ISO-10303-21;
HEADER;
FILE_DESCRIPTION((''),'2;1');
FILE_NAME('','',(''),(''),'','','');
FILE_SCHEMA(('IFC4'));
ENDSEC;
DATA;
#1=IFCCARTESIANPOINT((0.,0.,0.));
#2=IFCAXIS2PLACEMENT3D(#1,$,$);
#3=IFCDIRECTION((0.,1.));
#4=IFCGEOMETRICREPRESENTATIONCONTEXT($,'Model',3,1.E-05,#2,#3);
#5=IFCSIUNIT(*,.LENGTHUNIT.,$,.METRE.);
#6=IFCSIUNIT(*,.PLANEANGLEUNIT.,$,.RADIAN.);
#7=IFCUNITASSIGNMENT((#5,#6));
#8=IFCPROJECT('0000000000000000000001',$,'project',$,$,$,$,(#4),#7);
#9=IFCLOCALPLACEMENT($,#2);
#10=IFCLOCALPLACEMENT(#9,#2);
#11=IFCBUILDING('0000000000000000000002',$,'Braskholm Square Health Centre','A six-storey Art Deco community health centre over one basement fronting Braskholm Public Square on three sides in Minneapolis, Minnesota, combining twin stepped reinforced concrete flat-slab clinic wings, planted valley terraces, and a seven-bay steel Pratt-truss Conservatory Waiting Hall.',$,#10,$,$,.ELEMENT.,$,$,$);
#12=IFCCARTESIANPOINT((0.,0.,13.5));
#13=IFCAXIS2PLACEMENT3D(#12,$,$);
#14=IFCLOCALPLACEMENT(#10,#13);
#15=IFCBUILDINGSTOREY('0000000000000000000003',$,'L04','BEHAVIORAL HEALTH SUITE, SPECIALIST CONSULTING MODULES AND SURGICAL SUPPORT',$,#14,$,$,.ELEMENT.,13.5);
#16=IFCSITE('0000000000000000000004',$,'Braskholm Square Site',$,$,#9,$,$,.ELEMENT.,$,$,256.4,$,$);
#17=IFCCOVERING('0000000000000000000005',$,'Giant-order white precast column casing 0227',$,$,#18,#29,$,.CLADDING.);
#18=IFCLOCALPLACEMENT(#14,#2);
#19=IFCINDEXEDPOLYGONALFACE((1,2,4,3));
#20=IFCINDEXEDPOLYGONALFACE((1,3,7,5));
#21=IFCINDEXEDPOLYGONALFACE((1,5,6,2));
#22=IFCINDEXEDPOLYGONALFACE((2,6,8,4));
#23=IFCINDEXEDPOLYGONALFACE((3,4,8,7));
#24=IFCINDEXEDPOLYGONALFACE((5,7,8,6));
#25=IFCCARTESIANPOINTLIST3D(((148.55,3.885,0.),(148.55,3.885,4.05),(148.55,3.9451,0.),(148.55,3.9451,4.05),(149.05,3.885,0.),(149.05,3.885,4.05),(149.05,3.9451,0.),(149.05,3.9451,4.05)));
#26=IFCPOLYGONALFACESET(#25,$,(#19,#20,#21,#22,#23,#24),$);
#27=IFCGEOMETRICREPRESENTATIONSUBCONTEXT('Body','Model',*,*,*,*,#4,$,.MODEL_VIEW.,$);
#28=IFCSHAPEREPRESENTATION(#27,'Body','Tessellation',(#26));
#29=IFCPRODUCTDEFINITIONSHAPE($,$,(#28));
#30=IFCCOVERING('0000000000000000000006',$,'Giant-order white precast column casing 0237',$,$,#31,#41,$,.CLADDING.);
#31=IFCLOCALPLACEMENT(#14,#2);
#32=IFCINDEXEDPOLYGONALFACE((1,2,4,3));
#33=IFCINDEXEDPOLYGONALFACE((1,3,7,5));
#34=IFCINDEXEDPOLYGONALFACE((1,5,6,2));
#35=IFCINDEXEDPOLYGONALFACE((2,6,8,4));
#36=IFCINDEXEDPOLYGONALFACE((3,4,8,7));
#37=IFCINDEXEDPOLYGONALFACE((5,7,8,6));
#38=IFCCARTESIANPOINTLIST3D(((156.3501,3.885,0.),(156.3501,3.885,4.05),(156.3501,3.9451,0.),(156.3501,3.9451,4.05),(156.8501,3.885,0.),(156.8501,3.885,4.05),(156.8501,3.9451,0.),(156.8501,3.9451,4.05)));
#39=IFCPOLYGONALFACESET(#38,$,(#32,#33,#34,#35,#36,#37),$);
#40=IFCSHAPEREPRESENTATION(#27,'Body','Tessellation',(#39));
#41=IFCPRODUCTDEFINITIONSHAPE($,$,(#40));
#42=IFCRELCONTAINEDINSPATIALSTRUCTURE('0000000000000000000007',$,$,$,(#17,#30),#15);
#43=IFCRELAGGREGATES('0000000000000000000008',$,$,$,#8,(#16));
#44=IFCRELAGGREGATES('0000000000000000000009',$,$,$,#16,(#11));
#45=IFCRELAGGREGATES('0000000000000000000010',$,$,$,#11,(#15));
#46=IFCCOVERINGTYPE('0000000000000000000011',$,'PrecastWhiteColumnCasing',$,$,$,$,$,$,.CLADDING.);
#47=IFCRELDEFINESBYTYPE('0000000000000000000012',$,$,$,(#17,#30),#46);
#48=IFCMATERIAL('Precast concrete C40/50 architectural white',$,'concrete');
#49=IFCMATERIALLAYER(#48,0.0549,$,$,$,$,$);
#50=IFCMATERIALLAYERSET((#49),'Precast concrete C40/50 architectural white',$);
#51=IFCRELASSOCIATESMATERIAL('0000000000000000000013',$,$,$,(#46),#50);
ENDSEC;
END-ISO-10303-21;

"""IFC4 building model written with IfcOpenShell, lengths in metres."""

from ifc_helpers import new_model, si_unit, direction, frame, origin, origin_2d, place, context, subcontext, project, spatial, rectangle, extrude, material, layer, layer_set, type_object, element, save


model = new_model("IFC4")

# Units and contexts
model_context = context("Model", 3, precision=1e-05, world=origin(), true_north=direction((0.0, 1.0)))
body_context = subcontext(model_context, "Body", "Model", "MODEL_VIEW")
ifc_project = project(units=[si_unit("LENGTHUNIT", "METRE"), si_unit("PLANEANGLEUNIT", "RADIAN")], contexts=[model_context])

# Site, building, storey
site_placement = place(None, origin())
site = spatial("IfcSite", under=ifc_project, at=site_placement, Name="Braskholm Square Site", CompositionType="ELEMENT", RefElevation=256.4)
building_placement = place(site_placement, origin())
building = spatial("IfcBuilding", under=site, at=building_placement, Name="Braskholm Square Health Centre", Description="A six-storey Art Deco community health centre over one basement fronting Braskholm Public Square on three sides in Minneapolis, Minnesota, combining twin stepped reinforced concrete flat-slab clinic wings, planted valley terraces, and a seven-bay steel Pratt-truss Conservatory Waiting Hall.", CompositionType="ELEMENT")
storey_placement = place(building_placement, frame((0.0, 0.0, 13.5)))
storey = spatial("IfcBuildingStorey", under=building, at=storey_placement, Name="L04", Description="BEHAVIORAL HEALTH SUITE, SPECIALIST CONSULTING MODULES AND SURGICAL SUPPORT", CompositionType="ELEMENT", Elevation=13.5)

# Shared definitions
ifc_material_1 = material(Name="Precast concrete C40/50 architectural white", Category="concrete")

# Coverings
ifc_layer = layer(ifc_material_1, 0.0549)
ifc_layer_set = layer_set([ifc_layer], Name="Precast concrete C40/50 architectural white")
covering_type = type_object("IfcCoveringType", Name="PrecastWhiteColumnCasing", PredefinedType="CLADDING", material=ifc_layer_set)
for number, where, z_axis, x_axis, name in (
    (1, (148.8, 3.915, 0.0), (0.0, 0.0, 1.0), (1.0, 0.0, 0.0), "Giant-order white precast column casing 0227"),
    (2, (156.6001, 3.915, 0.0), (0.0, 0.0, 1.0), (1.0, 0.0, 0.0), "Giant-order white precast column casing 0237"),
):
    element("IfcCovering", number, at=place(storey_placement, frame(where, z_axis=z_axis, x_axis=x_axis)), inside=storey, type_object=covering_type, Name=name, PredefinedType="CLADDING", context=body_context, shape_type="SweptSolid", body=[
        extrude(rectangle(XDim=0.5, YDim=0.0601, at=origin_2d()), origin(), (0.0, 0.0, 1.0), 4.05),
    ])

save(model, "model.ifc")
